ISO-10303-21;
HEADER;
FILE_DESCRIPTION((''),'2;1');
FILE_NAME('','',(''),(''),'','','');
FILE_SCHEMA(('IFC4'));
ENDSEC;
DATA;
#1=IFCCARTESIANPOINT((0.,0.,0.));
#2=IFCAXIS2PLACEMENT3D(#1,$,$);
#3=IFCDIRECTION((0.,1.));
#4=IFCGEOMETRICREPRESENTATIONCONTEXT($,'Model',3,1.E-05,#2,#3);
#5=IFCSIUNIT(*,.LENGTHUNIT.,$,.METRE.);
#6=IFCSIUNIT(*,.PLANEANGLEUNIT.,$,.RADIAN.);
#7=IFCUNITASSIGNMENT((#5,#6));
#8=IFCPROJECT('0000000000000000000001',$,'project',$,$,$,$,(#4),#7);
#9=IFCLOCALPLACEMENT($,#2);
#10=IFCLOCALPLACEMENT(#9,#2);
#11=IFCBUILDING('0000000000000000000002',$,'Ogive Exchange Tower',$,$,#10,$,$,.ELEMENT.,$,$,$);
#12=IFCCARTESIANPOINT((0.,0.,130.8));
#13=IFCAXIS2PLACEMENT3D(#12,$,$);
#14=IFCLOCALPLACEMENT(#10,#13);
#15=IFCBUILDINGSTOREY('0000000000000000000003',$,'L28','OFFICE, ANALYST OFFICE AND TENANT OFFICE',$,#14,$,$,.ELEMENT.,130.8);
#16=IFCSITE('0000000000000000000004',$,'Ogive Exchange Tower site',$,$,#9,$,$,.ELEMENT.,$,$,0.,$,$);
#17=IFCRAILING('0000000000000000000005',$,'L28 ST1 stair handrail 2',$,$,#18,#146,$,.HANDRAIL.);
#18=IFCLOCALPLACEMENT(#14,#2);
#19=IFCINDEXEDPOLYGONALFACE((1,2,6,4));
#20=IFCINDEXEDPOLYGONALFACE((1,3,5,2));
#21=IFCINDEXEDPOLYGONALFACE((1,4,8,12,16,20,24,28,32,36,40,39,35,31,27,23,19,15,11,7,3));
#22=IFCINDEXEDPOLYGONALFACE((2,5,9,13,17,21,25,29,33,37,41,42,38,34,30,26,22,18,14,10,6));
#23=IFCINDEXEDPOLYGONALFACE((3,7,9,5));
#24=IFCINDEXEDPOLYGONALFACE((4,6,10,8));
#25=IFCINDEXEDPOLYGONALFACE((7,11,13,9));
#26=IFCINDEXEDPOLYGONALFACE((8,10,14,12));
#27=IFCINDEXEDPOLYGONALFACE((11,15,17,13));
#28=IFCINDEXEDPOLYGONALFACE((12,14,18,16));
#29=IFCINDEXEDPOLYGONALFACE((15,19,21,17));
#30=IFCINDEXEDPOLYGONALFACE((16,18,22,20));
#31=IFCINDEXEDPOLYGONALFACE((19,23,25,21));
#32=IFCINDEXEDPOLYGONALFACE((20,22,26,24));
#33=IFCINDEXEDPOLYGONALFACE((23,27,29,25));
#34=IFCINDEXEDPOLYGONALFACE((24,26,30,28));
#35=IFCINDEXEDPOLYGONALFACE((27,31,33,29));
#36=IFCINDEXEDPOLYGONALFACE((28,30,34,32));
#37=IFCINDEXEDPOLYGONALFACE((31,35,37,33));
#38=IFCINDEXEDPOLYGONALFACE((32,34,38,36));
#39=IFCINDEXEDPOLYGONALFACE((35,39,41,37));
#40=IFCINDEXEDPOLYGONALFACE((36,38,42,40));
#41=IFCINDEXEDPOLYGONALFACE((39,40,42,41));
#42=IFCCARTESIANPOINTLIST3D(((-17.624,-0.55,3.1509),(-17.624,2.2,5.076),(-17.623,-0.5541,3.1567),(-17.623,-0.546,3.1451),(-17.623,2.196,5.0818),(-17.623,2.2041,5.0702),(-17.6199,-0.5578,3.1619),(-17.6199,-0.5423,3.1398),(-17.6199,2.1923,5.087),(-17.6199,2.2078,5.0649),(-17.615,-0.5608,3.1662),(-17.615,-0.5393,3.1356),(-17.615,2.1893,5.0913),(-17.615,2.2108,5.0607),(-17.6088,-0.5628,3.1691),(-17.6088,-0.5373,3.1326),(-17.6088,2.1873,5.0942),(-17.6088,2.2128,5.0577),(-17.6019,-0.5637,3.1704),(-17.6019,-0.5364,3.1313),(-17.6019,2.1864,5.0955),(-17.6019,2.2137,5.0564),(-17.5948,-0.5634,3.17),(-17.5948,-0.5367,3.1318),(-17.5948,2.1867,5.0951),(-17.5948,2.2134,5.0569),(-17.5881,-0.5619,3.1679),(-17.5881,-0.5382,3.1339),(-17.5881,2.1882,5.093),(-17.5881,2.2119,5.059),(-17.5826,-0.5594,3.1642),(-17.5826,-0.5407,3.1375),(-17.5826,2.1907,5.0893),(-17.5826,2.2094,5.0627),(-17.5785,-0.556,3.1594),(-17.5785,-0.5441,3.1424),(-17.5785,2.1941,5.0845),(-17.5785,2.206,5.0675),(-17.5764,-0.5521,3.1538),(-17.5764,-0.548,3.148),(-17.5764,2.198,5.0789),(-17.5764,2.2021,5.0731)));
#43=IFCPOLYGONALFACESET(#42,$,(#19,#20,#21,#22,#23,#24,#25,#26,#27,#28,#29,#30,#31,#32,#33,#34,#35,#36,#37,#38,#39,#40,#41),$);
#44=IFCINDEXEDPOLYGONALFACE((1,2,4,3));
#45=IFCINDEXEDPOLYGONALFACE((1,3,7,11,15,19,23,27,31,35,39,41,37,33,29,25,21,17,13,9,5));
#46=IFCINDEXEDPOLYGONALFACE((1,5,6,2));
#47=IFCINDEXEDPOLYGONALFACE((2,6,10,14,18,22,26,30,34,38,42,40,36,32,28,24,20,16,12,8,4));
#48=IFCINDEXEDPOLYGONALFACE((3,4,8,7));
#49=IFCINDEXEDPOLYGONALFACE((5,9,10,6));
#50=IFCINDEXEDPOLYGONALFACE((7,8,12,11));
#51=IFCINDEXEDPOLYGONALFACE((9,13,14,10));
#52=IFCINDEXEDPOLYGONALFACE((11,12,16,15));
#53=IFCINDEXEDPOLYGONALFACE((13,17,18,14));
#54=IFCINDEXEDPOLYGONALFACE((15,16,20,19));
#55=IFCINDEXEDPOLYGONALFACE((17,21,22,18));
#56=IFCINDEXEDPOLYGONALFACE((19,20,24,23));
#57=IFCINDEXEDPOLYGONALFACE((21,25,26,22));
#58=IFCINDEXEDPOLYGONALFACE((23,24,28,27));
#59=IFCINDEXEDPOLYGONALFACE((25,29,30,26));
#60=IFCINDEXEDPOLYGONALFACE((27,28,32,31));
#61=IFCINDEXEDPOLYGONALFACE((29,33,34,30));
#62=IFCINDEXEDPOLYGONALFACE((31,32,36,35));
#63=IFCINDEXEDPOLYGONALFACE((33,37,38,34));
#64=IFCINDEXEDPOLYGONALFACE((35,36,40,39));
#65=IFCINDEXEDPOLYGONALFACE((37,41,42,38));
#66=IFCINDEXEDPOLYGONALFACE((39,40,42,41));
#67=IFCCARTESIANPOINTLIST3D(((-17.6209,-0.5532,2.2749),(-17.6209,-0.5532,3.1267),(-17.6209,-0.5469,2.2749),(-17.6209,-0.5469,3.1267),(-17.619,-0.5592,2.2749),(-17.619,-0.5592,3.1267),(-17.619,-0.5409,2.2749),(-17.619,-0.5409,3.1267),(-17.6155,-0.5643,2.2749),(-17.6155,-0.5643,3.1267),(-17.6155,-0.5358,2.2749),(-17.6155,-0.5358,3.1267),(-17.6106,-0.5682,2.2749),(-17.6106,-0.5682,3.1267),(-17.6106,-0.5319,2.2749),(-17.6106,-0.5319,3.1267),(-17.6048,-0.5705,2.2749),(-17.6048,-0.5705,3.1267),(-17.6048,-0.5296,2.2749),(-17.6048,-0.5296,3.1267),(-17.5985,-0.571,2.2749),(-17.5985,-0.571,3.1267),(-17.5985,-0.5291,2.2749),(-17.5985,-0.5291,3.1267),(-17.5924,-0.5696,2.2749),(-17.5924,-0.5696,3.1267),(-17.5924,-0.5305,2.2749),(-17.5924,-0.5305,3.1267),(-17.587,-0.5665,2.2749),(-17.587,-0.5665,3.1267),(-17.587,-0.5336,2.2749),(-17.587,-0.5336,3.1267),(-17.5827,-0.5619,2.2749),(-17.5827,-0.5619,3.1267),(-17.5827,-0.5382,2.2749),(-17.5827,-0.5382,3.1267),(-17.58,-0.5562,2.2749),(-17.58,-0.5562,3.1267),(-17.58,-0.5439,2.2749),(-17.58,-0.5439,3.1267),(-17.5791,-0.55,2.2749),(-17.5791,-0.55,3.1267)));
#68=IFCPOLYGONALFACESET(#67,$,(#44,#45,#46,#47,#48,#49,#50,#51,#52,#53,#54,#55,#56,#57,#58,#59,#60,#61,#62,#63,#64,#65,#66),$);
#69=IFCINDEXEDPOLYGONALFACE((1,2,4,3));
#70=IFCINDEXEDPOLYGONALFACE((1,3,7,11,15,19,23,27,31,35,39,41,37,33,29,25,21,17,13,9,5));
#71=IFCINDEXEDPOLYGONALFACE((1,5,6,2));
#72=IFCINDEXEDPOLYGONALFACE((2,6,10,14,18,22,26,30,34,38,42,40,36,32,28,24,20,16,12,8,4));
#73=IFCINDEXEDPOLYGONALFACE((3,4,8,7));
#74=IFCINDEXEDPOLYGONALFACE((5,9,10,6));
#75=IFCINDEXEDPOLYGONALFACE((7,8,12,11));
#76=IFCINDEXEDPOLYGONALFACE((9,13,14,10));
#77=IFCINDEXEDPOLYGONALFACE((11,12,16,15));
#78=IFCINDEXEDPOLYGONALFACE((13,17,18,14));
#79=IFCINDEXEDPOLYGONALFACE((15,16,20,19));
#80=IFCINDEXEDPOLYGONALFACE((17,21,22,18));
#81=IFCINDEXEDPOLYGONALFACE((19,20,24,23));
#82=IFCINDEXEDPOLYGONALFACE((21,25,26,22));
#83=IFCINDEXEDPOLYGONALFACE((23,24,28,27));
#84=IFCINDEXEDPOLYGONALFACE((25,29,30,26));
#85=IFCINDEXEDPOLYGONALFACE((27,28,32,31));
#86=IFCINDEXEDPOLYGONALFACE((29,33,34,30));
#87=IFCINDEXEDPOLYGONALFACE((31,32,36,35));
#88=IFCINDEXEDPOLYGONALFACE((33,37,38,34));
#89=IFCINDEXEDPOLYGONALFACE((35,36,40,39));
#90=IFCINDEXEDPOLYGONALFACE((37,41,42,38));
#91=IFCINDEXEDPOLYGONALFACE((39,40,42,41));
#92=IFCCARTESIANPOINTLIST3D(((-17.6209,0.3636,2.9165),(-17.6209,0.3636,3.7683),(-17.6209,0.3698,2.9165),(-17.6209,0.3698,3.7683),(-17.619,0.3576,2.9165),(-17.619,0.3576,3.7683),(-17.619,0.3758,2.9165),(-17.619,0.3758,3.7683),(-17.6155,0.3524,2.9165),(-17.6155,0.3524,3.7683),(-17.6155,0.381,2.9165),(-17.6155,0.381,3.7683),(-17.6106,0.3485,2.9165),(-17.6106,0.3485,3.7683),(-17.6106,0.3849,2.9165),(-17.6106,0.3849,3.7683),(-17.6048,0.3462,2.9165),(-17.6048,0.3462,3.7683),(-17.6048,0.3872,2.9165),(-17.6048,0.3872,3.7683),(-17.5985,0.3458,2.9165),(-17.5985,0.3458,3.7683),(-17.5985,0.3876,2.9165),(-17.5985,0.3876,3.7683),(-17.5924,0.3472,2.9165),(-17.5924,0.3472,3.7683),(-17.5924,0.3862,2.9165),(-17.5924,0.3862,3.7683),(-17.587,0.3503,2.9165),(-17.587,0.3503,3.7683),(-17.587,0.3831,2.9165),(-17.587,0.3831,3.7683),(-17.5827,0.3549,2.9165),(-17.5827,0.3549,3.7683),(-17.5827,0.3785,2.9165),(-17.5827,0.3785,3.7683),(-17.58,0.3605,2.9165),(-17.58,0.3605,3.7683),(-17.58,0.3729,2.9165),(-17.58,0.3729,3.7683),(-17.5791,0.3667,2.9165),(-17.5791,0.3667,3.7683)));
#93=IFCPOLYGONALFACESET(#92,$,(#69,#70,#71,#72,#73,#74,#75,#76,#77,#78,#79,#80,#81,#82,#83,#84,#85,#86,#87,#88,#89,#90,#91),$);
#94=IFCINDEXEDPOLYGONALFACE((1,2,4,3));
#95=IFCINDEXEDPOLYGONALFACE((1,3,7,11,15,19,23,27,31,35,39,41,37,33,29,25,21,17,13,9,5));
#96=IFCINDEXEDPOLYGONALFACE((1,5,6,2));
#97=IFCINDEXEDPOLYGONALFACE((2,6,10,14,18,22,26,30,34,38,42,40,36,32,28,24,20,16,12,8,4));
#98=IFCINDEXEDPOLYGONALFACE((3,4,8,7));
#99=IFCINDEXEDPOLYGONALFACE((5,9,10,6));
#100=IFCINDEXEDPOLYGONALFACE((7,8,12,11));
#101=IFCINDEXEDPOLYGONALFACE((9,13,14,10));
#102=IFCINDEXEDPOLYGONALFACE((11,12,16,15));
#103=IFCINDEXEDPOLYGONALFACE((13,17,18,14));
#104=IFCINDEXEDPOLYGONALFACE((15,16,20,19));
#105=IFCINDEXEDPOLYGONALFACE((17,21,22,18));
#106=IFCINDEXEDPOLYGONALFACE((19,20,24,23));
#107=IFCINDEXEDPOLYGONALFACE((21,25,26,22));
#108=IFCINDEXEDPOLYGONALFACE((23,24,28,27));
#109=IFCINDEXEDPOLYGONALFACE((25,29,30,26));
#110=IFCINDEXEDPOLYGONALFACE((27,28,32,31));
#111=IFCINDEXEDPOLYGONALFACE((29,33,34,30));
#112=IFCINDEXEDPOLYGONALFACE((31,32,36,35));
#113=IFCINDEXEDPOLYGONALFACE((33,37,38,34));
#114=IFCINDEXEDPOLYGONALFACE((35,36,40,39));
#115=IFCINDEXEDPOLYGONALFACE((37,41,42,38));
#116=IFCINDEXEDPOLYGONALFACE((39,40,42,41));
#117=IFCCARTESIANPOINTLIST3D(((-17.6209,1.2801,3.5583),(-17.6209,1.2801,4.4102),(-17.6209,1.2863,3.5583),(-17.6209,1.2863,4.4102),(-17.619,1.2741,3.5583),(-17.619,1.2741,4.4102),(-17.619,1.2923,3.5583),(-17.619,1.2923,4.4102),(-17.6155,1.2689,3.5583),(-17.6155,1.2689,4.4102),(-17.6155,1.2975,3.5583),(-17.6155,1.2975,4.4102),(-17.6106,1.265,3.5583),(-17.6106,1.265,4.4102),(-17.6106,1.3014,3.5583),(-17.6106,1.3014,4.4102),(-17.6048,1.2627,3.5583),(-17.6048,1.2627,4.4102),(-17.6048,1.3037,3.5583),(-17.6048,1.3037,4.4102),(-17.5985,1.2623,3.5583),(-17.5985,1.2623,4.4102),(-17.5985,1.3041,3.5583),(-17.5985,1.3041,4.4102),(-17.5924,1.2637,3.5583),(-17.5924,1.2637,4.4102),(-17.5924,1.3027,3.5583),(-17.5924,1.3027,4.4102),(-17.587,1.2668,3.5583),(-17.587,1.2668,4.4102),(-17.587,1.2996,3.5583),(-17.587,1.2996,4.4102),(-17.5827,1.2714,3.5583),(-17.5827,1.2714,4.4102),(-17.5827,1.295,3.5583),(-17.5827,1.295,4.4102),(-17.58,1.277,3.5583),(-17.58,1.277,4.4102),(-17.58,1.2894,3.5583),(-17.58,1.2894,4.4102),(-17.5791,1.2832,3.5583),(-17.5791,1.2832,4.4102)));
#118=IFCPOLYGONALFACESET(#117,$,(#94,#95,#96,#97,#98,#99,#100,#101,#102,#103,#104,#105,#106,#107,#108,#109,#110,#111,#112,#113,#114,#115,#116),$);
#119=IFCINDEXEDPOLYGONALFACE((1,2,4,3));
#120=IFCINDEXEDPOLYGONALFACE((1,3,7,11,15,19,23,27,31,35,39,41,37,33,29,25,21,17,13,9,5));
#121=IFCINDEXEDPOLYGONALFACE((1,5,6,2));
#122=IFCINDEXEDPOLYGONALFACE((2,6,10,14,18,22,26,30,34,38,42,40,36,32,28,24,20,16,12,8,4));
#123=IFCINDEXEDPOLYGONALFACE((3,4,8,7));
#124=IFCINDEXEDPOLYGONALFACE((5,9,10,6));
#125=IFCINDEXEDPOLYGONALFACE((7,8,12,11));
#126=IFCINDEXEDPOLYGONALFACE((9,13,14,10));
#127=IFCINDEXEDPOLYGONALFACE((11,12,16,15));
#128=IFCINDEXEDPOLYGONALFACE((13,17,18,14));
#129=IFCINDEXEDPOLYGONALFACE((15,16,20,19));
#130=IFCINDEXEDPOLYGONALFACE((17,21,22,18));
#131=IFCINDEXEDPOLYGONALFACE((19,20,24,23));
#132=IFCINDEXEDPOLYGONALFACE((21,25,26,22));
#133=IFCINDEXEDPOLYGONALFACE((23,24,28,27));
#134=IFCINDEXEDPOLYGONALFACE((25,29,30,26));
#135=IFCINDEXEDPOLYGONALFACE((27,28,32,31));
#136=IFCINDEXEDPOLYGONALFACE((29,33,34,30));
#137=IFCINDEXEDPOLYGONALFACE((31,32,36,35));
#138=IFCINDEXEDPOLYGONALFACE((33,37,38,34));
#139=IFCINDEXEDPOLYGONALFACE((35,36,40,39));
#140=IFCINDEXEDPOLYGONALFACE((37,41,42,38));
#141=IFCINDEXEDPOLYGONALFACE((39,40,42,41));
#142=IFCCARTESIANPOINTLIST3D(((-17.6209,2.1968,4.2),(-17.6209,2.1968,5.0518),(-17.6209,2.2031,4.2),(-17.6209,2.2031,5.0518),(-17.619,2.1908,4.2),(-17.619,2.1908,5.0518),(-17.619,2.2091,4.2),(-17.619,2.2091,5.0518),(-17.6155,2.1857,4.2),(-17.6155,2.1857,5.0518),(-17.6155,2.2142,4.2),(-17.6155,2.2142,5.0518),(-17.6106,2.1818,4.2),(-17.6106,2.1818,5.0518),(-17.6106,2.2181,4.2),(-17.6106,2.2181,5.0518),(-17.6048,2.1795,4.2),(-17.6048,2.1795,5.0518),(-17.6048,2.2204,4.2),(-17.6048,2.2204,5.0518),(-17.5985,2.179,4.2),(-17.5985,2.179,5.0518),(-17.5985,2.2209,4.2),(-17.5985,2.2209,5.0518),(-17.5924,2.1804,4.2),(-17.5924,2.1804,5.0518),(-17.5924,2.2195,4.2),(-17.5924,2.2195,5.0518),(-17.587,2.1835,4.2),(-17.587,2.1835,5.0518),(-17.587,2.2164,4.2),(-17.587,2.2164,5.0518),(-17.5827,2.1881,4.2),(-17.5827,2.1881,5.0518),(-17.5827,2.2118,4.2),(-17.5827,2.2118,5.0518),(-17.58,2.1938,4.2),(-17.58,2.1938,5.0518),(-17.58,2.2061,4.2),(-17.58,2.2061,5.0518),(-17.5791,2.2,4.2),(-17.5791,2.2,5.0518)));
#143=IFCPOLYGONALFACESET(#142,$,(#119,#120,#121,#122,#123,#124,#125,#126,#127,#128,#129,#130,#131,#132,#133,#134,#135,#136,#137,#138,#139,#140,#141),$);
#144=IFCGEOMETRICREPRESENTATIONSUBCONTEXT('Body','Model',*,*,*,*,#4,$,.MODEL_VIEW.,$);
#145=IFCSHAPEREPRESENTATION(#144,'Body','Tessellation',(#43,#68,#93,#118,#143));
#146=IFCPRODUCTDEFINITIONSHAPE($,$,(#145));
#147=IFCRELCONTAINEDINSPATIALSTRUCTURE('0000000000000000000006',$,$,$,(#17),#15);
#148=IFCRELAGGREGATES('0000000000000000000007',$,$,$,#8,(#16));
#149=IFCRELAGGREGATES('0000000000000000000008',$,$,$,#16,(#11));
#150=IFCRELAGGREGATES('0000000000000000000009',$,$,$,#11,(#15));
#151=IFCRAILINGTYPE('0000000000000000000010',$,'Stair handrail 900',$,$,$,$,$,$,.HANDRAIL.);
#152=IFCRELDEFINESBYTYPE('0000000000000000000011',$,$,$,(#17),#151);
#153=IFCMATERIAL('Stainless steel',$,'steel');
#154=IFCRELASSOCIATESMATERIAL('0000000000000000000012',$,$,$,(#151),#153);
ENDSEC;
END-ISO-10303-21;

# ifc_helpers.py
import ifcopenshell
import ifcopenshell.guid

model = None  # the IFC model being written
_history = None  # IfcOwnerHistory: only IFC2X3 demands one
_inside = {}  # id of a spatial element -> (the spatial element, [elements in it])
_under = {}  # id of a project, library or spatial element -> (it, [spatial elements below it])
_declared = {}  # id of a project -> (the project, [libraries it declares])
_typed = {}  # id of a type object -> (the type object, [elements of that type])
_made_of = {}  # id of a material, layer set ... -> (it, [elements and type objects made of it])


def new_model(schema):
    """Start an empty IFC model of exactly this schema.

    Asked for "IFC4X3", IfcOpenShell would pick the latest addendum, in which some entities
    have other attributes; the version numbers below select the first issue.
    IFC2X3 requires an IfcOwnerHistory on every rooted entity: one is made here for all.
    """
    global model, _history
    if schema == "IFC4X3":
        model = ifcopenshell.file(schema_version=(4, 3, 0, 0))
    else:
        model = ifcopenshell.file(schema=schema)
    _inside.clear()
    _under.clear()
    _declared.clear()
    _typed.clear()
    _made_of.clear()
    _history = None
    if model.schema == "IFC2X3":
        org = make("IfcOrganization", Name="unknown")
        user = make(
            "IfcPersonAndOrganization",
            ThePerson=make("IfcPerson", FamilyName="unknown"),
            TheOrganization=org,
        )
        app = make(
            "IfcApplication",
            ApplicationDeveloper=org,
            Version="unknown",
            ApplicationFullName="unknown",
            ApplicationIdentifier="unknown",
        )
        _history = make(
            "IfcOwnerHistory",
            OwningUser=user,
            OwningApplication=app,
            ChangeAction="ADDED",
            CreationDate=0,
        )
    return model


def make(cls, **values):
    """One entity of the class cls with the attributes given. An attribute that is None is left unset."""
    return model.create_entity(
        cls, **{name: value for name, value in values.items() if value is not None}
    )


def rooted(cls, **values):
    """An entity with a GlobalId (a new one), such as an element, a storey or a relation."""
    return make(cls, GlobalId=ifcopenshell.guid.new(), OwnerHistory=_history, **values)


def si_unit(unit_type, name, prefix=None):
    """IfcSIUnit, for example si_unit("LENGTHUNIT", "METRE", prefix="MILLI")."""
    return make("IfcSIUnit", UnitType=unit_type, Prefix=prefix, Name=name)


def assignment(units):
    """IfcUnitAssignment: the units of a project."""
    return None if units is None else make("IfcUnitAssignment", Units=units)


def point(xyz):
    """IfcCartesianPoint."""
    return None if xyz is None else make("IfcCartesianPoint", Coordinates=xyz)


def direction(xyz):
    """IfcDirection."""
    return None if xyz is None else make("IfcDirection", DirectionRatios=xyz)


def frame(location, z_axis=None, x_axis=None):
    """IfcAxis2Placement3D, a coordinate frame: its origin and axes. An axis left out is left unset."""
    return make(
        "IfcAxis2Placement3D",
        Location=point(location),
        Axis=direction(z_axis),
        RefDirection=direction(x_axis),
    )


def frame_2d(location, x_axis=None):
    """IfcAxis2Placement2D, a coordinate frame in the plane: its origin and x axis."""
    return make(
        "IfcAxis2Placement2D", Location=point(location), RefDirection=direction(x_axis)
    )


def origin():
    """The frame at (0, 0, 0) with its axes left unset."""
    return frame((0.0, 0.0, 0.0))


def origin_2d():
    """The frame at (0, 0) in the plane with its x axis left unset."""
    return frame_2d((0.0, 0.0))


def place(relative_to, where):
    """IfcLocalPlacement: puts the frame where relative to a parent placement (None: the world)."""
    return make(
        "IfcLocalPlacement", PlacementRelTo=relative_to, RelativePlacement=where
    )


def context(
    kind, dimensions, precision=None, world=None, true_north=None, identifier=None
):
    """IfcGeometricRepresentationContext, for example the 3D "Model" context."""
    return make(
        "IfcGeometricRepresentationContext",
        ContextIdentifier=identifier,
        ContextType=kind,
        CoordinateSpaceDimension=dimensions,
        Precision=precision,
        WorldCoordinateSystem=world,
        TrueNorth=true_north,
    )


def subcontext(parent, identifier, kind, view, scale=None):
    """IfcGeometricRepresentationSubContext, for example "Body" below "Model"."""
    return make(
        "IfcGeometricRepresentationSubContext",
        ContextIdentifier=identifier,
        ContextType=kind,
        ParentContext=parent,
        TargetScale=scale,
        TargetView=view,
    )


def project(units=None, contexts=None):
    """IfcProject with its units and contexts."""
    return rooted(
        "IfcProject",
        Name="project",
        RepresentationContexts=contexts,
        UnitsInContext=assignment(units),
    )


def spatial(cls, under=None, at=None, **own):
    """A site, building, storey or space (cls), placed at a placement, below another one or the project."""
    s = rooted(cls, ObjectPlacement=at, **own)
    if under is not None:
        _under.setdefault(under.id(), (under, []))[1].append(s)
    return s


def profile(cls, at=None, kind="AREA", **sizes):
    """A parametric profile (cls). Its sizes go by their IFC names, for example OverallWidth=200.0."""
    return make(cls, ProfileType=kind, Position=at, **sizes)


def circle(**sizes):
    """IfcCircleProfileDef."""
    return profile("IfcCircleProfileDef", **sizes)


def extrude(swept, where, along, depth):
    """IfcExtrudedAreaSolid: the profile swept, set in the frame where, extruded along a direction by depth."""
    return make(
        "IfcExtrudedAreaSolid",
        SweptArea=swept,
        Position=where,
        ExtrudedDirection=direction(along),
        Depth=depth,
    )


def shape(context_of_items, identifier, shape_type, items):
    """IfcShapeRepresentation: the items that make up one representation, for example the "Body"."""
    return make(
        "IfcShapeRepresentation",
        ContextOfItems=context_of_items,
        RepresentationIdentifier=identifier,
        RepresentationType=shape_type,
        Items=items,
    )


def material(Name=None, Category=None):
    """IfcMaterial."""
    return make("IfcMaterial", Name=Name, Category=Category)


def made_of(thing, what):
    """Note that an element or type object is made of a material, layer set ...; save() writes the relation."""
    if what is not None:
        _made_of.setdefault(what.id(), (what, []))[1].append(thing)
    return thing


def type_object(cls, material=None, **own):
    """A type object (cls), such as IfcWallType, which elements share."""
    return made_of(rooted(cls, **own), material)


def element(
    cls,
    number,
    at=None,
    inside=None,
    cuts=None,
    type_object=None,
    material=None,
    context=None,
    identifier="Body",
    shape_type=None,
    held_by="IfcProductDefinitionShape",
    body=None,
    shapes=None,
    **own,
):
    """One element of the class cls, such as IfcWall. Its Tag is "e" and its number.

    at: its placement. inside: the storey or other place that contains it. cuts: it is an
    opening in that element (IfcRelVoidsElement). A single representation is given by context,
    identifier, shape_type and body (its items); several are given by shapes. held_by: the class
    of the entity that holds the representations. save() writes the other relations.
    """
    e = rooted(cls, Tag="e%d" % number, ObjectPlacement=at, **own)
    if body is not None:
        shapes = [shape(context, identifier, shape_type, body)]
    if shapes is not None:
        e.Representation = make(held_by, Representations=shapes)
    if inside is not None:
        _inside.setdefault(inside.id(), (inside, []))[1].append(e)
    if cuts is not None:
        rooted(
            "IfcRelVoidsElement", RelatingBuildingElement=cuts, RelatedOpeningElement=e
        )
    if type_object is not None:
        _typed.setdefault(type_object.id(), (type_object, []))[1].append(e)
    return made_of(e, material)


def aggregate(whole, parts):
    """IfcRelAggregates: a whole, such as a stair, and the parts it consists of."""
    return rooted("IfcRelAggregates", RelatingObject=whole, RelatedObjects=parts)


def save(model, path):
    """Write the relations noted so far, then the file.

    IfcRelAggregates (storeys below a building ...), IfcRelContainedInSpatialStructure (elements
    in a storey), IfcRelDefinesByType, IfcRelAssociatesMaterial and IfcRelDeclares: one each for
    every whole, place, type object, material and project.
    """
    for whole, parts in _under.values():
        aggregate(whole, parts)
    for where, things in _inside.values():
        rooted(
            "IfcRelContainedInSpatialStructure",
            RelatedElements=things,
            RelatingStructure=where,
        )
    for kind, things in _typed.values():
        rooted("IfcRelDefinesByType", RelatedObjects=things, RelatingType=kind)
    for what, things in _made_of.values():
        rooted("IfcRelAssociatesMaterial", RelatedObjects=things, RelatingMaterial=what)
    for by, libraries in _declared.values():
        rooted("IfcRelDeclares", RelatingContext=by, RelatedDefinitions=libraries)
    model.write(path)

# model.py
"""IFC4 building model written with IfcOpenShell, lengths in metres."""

from ifc_helpers import new_model, si_unit, direction, frame, origin, origin_2d, place, context, subcontext, project, spatial, circle, extrude, material, type_object, element, save


model = new_model("IFC4")

# Units and contexts
model_context = context("Model", 3, precision=1e-05, world=origin(), true_north=direction((0.0, 1.0)))
body_context = subcontext(model_context, "Body", "Model", "MODEL_VIEW")
ifc_project = project(units=[si_unit("LENGTHUNIT", "METRE"), si_unit("PLANEANGLEUNIT", "RADIAN")], contexts=[model_context])

# Site, building, storey
site_placement = place(None, origin())
site = spatial("IfcSite", under=ifc_project, at=site_placement, Name="Ogive Exchange Tower site", CompositionType="ELEMENT", RefElevation=0.0)
building_placement = place(site_placement, origin())
building = spatial("IfcBuilding", under=site, at=building_placement, Name="Ogive Exchange Tower", CompositionType="ELEMENT")
storey_placement = place(building_placement, frame((0.0, 0.0, 130.8)))
storey = spatial("IfcBuildingStorey", under=building, at=storey_placement, Name="L28", Description="OFFICE, ANALYST OFFICE AND TENANT OFFICE", CompositionType="ELEMENT", Elevation=130.8)

# Shared definitions
ifc_material_1 = material(Name="Stainless steel", Category="steel")

# Railing
railing_type = type_object("IfcRailingType", Name="Stair handrail 900", PredefinedType="HANDRAIL", material=ifc_material_1)
railing_1_placement = place(storey_placement, frame((-17.6001, -0.55, 2.2749)))
element("IfcRailing", 1, at=railing_1_placement, inside=storey, type_object=railing_type, Name="L28 ST1 stair handrail 2", PredefinedType="HANDRAIL", context=body_context, shape_type="SweptSolid", body=[
    extrude(circle(Radius=0.0239, at=origin_2d()), frame((0.0, 0.0, 0.876), z_axis=(0.0, 0.819225, 0.573472), x_axis=(-1.0, 0.0, 0.0)), (0.0, 0.0, 1.0), 3.3569),
    extrude(circle(Radius=0.021, at=origin_2d()), origin(), (0.0, 0.0, 1.0), 0.8518),
    extrude(circle(Radius=0.021, at=origin_2d()), frame((0.0, 0.9167, 0.6416)), (0.0, 0.0, 1.0), 0.8518),
    extrude(circle(Radius=0.021, at=origin_2d()), frame((0.0, 1.8333, 1.2834)), (0.0, 0.0, 1.0), 0.8518),
    extrude(circle(Radius=0.021, at=origin_2d()), frame((0.0, 2.75, 1.925)), (0.0, 0.0, 1.0), 0.8518),
])

save(model, "model.ifc")
